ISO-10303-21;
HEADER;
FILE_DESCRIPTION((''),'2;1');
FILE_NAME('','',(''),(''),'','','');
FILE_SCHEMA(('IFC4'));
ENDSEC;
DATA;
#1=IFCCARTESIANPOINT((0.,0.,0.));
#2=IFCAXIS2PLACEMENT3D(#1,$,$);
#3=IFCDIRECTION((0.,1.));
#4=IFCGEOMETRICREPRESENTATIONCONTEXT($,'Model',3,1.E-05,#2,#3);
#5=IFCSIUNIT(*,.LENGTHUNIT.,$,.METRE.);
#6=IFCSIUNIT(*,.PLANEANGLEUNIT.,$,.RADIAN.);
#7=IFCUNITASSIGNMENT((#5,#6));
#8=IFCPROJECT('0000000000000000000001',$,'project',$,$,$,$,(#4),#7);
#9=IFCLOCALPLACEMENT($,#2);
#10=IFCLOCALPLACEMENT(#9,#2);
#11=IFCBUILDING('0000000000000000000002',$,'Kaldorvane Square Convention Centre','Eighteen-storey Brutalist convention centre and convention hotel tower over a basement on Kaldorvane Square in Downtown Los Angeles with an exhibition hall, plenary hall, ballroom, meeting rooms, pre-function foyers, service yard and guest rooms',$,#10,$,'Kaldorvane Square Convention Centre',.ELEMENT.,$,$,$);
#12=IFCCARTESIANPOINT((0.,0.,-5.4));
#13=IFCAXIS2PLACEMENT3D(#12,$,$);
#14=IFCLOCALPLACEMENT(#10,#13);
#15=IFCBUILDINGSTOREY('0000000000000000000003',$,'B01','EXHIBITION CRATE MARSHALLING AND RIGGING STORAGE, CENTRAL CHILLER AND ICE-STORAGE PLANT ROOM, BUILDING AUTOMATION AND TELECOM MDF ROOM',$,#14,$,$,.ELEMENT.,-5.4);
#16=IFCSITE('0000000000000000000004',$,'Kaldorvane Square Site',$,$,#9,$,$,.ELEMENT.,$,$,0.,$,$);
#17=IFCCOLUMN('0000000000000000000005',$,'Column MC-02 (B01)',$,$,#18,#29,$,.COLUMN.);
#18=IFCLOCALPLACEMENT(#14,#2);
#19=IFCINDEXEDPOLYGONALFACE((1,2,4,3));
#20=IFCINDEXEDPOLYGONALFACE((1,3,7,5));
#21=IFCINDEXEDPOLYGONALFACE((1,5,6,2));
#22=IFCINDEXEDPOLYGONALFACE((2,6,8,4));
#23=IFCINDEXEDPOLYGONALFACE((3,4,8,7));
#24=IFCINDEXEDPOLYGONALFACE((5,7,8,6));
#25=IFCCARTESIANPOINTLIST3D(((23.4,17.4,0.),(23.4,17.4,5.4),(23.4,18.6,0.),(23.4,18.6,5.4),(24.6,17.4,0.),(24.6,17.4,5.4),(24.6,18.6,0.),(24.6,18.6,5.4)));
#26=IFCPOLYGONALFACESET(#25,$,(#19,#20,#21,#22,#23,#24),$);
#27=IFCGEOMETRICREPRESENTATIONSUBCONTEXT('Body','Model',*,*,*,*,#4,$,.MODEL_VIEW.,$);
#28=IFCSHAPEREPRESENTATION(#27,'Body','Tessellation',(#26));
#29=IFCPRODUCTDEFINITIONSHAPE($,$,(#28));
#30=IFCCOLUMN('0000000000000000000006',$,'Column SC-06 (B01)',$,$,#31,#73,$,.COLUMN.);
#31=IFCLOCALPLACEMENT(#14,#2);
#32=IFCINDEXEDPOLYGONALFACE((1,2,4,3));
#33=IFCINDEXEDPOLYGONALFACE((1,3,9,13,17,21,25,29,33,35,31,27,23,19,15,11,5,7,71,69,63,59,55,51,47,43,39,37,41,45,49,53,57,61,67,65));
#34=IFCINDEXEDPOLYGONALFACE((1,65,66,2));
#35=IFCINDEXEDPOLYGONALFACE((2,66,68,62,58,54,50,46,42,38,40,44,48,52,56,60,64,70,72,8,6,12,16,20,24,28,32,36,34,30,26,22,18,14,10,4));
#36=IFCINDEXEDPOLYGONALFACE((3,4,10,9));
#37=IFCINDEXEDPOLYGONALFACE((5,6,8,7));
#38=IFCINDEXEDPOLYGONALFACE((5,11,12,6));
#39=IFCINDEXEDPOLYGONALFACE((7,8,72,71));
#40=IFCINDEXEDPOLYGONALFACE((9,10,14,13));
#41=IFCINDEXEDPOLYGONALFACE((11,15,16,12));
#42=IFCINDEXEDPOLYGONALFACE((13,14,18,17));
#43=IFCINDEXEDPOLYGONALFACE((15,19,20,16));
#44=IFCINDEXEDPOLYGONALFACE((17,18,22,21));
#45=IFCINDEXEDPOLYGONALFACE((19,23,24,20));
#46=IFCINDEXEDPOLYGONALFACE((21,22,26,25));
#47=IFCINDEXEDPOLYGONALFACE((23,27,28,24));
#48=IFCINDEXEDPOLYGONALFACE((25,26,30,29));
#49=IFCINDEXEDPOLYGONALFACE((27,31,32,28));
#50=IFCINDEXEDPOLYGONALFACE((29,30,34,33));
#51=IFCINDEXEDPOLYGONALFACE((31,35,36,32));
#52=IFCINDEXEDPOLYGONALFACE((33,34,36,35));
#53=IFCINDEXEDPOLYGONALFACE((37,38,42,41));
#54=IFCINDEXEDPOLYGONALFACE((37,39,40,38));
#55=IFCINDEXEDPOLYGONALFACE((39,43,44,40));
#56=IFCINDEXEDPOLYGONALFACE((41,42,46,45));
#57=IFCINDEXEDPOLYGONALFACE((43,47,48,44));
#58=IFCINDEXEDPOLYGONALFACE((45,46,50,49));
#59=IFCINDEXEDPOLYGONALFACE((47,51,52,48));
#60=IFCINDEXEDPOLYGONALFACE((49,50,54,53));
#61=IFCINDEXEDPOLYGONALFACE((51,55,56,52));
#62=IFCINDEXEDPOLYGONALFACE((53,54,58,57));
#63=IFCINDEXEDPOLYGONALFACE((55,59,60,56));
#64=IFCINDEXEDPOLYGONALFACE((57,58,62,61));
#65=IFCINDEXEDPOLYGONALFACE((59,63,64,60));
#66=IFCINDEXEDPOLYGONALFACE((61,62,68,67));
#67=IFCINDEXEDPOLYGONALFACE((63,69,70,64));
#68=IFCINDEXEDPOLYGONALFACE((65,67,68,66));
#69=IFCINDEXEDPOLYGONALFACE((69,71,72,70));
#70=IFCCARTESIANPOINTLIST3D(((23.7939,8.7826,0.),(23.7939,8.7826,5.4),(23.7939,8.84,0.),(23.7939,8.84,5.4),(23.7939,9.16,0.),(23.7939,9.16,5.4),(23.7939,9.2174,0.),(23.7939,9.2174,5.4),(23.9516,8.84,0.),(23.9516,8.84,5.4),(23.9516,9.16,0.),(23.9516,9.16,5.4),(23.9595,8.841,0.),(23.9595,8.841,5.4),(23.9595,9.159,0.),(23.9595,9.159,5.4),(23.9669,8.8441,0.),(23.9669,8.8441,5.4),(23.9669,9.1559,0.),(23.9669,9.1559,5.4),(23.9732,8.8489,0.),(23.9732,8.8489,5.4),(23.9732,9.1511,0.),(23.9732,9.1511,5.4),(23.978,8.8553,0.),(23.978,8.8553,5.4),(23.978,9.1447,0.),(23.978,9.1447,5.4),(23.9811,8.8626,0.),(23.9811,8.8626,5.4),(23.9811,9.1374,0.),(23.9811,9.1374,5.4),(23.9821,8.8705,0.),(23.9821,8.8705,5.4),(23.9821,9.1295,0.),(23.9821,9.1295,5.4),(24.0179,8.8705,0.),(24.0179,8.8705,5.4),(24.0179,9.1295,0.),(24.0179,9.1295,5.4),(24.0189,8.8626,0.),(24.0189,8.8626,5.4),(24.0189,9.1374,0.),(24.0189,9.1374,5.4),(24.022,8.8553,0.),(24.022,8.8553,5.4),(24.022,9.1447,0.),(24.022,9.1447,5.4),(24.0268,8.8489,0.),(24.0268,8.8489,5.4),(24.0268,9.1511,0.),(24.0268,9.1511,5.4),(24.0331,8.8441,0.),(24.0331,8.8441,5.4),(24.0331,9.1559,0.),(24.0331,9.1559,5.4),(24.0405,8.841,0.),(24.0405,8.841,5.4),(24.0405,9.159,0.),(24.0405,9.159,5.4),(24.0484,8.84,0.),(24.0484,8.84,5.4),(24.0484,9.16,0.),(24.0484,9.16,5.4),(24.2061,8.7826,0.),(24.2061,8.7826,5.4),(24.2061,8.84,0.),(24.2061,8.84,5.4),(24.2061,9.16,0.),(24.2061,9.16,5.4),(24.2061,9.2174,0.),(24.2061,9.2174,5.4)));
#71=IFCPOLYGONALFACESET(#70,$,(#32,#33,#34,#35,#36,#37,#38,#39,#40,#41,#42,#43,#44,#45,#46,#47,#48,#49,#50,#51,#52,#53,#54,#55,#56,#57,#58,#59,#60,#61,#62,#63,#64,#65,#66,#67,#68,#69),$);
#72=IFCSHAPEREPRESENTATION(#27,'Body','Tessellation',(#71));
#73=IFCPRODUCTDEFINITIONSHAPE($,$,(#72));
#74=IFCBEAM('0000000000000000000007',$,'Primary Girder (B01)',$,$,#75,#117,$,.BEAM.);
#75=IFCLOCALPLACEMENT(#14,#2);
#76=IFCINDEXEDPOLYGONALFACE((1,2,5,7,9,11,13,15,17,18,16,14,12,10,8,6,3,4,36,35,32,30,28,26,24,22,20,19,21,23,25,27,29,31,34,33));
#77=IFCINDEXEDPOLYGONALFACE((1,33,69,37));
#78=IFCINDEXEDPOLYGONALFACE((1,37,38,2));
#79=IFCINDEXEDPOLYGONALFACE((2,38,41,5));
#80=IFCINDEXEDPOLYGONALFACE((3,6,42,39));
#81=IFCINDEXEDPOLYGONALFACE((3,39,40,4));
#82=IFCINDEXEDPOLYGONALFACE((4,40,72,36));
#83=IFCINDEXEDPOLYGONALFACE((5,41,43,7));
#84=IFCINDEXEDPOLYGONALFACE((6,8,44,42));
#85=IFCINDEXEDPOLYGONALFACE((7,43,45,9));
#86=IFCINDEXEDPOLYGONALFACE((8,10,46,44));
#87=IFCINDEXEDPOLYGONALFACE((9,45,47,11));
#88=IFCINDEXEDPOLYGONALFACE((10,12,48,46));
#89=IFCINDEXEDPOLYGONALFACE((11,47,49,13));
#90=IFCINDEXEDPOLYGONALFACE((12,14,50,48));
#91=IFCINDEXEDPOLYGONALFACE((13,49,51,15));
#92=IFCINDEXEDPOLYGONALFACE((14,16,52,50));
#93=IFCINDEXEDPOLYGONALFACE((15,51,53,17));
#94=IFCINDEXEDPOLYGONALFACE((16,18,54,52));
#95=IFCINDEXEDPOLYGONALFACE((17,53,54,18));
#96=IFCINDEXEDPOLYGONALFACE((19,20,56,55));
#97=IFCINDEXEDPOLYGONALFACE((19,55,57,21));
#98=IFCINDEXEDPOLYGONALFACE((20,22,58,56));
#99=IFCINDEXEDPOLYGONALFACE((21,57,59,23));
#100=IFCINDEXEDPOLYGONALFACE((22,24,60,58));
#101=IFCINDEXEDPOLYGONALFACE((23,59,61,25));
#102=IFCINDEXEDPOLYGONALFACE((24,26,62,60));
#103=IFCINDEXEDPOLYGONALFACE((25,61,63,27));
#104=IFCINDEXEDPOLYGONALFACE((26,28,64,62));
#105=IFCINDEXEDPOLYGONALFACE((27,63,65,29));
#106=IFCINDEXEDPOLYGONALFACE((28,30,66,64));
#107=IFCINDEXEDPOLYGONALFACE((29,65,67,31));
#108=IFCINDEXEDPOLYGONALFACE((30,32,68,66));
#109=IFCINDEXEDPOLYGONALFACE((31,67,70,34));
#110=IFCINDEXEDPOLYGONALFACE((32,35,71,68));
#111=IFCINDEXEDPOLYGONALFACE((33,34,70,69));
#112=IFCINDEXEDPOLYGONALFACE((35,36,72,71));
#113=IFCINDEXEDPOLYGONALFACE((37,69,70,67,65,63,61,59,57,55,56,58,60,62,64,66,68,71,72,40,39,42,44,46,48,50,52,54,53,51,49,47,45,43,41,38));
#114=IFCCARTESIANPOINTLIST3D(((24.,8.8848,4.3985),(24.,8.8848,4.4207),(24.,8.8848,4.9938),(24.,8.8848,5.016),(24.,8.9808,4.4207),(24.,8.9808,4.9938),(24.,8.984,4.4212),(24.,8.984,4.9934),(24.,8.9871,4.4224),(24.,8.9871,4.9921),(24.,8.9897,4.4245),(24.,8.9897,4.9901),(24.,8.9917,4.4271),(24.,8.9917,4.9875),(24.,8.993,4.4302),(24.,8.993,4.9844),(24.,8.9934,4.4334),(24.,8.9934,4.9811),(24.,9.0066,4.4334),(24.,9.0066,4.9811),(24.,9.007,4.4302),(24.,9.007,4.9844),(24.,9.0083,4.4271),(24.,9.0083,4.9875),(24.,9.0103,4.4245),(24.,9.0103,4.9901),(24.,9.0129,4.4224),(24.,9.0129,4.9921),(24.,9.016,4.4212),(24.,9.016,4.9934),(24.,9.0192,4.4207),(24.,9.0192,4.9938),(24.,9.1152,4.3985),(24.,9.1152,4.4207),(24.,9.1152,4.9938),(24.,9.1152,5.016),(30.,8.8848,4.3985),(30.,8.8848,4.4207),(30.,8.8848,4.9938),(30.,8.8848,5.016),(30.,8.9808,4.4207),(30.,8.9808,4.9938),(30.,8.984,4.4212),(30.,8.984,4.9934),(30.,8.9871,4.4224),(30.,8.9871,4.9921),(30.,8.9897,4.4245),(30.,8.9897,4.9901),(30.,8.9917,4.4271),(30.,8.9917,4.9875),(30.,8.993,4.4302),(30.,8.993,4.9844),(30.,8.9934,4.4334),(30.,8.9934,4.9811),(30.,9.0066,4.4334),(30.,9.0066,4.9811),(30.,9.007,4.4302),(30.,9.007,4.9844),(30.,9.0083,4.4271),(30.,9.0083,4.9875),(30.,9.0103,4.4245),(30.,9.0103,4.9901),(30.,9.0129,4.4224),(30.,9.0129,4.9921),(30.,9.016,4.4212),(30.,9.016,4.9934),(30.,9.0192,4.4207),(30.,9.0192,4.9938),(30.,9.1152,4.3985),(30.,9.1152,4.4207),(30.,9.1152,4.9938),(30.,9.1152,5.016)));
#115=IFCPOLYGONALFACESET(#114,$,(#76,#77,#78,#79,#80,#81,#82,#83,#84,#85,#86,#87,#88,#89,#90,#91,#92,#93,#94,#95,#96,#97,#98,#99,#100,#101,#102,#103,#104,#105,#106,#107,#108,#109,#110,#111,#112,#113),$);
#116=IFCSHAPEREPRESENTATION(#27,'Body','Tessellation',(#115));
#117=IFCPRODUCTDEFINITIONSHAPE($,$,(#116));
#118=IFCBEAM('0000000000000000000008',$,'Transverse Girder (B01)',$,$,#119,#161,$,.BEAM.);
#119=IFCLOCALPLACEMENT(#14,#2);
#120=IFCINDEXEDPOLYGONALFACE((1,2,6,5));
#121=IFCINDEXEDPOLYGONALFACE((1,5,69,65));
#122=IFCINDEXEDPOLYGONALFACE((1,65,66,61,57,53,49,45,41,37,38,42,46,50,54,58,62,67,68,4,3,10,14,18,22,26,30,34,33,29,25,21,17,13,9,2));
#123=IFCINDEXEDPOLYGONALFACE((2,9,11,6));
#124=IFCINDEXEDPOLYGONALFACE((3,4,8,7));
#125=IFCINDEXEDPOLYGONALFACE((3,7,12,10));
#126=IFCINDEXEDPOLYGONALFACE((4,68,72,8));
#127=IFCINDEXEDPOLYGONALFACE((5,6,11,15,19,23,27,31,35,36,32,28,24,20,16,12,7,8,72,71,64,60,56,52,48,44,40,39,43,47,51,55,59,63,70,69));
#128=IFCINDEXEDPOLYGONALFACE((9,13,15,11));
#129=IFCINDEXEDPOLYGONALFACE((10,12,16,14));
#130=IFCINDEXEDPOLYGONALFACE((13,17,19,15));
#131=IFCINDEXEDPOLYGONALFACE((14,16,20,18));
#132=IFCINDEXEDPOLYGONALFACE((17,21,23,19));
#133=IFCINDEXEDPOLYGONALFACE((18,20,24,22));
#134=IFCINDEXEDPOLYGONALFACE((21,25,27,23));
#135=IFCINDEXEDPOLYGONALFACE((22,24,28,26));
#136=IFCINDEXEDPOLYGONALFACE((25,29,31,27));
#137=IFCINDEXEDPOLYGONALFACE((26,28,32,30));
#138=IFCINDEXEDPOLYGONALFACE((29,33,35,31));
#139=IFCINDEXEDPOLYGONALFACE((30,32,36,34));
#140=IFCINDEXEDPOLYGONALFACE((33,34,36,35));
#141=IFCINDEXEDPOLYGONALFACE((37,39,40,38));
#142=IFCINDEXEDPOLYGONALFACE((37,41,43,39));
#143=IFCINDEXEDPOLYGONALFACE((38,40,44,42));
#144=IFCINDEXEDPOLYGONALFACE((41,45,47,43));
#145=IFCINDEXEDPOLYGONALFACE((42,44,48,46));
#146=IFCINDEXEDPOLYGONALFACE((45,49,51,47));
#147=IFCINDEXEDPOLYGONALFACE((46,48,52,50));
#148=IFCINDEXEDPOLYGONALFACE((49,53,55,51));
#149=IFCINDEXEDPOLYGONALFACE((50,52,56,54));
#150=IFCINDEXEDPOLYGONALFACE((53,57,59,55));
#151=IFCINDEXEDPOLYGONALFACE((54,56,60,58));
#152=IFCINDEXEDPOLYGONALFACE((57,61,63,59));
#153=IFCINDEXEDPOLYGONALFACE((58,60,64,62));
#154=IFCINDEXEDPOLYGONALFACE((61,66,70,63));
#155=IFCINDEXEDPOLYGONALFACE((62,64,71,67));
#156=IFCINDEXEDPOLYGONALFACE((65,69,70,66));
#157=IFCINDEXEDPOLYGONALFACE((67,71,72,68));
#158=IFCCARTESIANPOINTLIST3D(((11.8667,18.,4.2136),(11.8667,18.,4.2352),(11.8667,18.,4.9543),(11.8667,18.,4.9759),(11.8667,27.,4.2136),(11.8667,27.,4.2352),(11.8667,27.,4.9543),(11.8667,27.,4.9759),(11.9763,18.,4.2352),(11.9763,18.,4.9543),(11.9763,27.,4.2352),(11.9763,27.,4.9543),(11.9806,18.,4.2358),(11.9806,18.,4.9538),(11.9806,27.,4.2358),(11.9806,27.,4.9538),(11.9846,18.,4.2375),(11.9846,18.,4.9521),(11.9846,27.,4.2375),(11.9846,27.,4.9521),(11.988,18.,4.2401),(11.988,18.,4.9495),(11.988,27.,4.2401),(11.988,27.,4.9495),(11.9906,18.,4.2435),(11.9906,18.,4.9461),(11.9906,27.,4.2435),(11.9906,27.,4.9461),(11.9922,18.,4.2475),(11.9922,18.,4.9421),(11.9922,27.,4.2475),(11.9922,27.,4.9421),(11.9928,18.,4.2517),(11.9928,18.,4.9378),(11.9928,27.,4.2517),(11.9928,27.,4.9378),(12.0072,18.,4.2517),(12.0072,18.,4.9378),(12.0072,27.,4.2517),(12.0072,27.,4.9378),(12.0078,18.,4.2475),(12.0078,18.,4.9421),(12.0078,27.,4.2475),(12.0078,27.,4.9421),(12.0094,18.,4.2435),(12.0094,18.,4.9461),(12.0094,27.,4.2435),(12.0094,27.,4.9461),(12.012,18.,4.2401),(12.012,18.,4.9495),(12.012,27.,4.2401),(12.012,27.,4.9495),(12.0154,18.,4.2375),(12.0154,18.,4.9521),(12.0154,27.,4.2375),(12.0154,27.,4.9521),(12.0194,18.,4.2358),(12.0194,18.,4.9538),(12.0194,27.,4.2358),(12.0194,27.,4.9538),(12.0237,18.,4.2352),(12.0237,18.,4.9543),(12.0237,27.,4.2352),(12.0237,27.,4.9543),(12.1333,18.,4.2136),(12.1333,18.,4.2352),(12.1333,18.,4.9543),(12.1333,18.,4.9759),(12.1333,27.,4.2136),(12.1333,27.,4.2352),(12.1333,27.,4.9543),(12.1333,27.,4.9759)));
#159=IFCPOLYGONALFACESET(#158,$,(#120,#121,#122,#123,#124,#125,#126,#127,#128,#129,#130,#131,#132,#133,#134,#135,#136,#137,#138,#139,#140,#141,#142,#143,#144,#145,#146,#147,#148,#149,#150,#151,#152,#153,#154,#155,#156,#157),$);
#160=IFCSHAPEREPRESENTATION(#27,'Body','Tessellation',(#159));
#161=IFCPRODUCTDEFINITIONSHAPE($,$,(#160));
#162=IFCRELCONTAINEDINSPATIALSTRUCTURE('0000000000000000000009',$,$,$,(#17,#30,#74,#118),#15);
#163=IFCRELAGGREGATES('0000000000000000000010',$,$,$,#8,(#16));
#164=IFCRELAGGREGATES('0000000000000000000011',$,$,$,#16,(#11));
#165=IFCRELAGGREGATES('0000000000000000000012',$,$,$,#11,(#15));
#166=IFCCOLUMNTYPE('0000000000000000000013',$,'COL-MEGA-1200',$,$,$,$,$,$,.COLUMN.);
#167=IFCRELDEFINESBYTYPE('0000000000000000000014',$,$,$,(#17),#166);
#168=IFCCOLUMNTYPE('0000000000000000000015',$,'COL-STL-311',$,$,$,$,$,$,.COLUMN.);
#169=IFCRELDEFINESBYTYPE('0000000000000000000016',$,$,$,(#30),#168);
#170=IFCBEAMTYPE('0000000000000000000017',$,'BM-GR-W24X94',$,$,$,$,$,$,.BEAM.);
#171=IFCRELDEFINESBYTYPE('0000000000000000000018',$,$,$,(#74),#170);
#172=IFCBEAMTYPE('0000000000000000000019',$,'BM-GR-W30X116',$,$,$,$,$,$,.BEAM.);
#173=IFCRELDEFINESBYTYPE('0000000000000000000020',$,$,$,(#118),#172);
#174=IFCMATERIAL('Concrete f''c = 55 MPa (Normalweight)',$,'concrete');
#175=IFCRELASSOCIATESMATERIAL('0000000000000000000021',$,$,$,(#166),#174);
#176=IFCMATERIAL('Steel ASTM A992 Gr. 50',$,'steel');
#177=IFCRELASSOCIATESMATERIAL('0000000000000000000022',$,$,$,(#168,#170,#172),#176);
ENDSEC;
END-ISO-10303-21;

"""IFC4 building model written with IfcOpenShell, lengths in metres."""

from ifc_helpers import new_model, si_unit, direction, frame, origin, origin_2d, place, context, subcontext, project, spatial, rectangle, i_section, extrude, material, material_profile, profile_set, type_object, element, save


model = new_model("IFC4")

# Units and contexts
model_context = context("Model", 3, precision=1e-05, world=origin(), true_north=direction((0.0, 1.0)))
body_context = subcontext(model_context, "Body", "Model", "MODEL_VIEW")
ifc_project = project(units=[si_unit("LENGTHUNIT", "METRE"), si_unit("PLANEANGLEUNIT", "RADIAN")], contexts=[model_context])

# Site, building, storey
site_placement = place(None, origin())
site = spatial("IfcSite", under=ifc_project, at=site_placement, Name="Kaldorvane Square Site", CompositionType="ELEMENT", RefElevation=0.0)
building_placement = place(site_placement, origin())
building = spatial("IfcBuilding", under=site, at=building_placement, Name="Kaldorvane Square Convention Centre", Description="Eighteen-storey Brutalist convention centre and convention hotel tower over a basement on Kaldorvane Square in Downtown Los Angeles with an exhibition hall, plenary hall, ballroom, meeting rooms, pre-function foyers, service yard and guest rooms", LongName="Kaldorvane Square Convention Centre", CompositionType="ELEMENT")
storey_placement = place(building_placement, frame((0.0, 0.0, -5.4)))
storey = spatial("IfcBuildingStorey", under=building, at=storey_placement, Name="B01", Description="EXHIBITION CRATE MARSHALLING AND RIGGING STORAGE, CENTRAL CHILLER AND ICE-STORAGE PLANT ROOM, BUILDING AUTOMATION AND TELECOM MDF ROOM", CompositionType="ELEMENT", Elevation=-5.4)

# Columns
ifc_material_1 = material(Name="Concrete f'c = 55 MPa (Normalweight)", Category="concrete")
ifc_material_profile_1 = material_profile(ifc_material_1, rectangle(XDim=1.2, YDim=1.2, at=origin_2d()), Name="RC1200X1200")
ifc_profile_set_1 = profile_set([ifc_material_profile_1], Name="Concrete f'c = 55 MPa (Normalweight)")
column_type_1 = type_object("IfcColumnType", Name="COL-MEGA-1200", PredefinedType="COLUMN", material=ifc_profile_set_1)
column_1_placement = place(storey_placement, frame((24.0, 18.0, 0.0), z_axis=(0.0, 0.0, 1.0), x_axis=(1.0, 0.0, 0.0)))
element("IfcColumn", 1, at=column_1_placement, inside=storey, type_object=column_type_1, Name="Column MC-02 (B01)", PredefinedType="COLUMN", context=body_context, shape_type="SweptSolid", body=[
    extrude(rectangle(XDim=1.2, YDim=1.2, at=origin_2d()), origin(), (0.0, 0.0, 1.0), 5.4),
])
ifc_material_2 = material(Name="Steel ASTM A992 Gr. 50", Category="steel")
ifc_material_profile_2 = material_profile(ifc_material_2, i_section(OverallWidth=0.4122, OverallDepth=0.4348, WebThickness=0.0358, FlangeThickness=0.0574, FilletRadius=0.0305, at=origin_2d()), Name="W14X311")
ifc_profile_set_2 = profile_set([ifc_material_profile_2], Name="Steel ASTM A992 Gr. 50")
column_type_2 = type_object("IfcColumnType", Name="COL-STL-311", PredefinedType="COLUMN", material=ifc_profile_set_2)
column_2_placement = place(storey_placement, frame((24.0, 9.0, 0.0), z_axis=(0.0, 0.0, 1.0), x_axis=(1.0, 0.0, 0.0)))
element("IfcColumn", 2, at=column_2_placement, inside=storey, type_object=column_type_2, Name="Column SC-06 (B01)", PredefinedType="COLUMN", context=body_context, shape_type="SweptSolid", body=[
    extrude(i_section(OverallWidth=0.4122, OverallDepth=0.4348, WebThickness=0.0358, FlangeThickness=0.0574, FilletRadius=0.0305, at=origin_2d()), origin(), (0.0, 0.0, 1.0), 5.4),
])

# Beams
ifc_material_profile_3 = material_profile(ifc_material_2, i_section(OverallWidth=0.2303, OverallDepth=0.6175, WebThickness=0.0131, FlangeThickness=0.0222, FilletRadius=0.0127, at=origin_2d()), Name="W24X94")
ifc_profile_set_3 = profile_set([ifc_material_profile_3], Name="Steel ASTM A992 Gr. 50")
beam_type_1 = type_object("IfcBeamType", Name="BM-GR-W24X94", PredefinedType="BEAM", material=ifc_profile_set_3)
beam_1_placement = place(storey_placement, frame((24.0, 9.0, 4.7073), z_axis=(1.0, 0.0, 0.0), x_axis=(0.0, 1.0, 0.0)))
element("IfcBeam", 3, at=beam_1_placement, inside=storey, type_object=beam_type_1, Name="Primary Girder (B01)", PredefinedType="BEAM", context=body_context, shape_type="SweptSolid", body=[
    extrude(i_section(OverallWidth=0.2303, OverallDepth=0.6175, WebThickness=0.0131, FlangeThickness=0.0222, FilletRadius=0.0127, at=origin_2d()), origin(), (0.0, 0.0, 1.0), 6.0),
])
ifc_material_profile_4 = material_profile(ifc_material_2, i_section(OverallWidth=0.2666, OverallDepth=0.7623, WebThickness=0.0144, FlangeThickness=0.0216, FilletRadius=0.0165, at=origin_2d()), Name="W30X116")
ifc_profile_set_4 = profile_set([ifc_material_profile_4], Name="Steel ASTM A992 Gr. 50")
beam_type_2 = type_object("IfcBeamType", Name="BM-GR-W30X116", PredefinedType="BEAM", material=ifc_profile_set_4)
for number, where, z_axis, x_axis, name in (
    (4, (12.0, 18.0, 4.5948), (0.0, 1.0, 0.0), (-1.0, 0.0, 0.0), "Transverse Girder (B01)"),
):
    element("IfcBeam", number, at=place(storey_placement, frame(where, z_axis=z_axis, x_axis=x_axis)), inside=storey, type_object=beam_type_2, Name=name, PredefinedType="BEAM", context=body_context, shape_type="SweptSolid", body=[
        extrude(i_section(OverallWidth=0.2666, OverallDepth=0.7623, WebThickness=0.0144, FlangeThickness=0.0216, FilletRadius=0.0165, at=origin_2d()), origin(), (0.0, 0.0, 1.0), 9.0),
    ])

save(model, "model.ifc")
